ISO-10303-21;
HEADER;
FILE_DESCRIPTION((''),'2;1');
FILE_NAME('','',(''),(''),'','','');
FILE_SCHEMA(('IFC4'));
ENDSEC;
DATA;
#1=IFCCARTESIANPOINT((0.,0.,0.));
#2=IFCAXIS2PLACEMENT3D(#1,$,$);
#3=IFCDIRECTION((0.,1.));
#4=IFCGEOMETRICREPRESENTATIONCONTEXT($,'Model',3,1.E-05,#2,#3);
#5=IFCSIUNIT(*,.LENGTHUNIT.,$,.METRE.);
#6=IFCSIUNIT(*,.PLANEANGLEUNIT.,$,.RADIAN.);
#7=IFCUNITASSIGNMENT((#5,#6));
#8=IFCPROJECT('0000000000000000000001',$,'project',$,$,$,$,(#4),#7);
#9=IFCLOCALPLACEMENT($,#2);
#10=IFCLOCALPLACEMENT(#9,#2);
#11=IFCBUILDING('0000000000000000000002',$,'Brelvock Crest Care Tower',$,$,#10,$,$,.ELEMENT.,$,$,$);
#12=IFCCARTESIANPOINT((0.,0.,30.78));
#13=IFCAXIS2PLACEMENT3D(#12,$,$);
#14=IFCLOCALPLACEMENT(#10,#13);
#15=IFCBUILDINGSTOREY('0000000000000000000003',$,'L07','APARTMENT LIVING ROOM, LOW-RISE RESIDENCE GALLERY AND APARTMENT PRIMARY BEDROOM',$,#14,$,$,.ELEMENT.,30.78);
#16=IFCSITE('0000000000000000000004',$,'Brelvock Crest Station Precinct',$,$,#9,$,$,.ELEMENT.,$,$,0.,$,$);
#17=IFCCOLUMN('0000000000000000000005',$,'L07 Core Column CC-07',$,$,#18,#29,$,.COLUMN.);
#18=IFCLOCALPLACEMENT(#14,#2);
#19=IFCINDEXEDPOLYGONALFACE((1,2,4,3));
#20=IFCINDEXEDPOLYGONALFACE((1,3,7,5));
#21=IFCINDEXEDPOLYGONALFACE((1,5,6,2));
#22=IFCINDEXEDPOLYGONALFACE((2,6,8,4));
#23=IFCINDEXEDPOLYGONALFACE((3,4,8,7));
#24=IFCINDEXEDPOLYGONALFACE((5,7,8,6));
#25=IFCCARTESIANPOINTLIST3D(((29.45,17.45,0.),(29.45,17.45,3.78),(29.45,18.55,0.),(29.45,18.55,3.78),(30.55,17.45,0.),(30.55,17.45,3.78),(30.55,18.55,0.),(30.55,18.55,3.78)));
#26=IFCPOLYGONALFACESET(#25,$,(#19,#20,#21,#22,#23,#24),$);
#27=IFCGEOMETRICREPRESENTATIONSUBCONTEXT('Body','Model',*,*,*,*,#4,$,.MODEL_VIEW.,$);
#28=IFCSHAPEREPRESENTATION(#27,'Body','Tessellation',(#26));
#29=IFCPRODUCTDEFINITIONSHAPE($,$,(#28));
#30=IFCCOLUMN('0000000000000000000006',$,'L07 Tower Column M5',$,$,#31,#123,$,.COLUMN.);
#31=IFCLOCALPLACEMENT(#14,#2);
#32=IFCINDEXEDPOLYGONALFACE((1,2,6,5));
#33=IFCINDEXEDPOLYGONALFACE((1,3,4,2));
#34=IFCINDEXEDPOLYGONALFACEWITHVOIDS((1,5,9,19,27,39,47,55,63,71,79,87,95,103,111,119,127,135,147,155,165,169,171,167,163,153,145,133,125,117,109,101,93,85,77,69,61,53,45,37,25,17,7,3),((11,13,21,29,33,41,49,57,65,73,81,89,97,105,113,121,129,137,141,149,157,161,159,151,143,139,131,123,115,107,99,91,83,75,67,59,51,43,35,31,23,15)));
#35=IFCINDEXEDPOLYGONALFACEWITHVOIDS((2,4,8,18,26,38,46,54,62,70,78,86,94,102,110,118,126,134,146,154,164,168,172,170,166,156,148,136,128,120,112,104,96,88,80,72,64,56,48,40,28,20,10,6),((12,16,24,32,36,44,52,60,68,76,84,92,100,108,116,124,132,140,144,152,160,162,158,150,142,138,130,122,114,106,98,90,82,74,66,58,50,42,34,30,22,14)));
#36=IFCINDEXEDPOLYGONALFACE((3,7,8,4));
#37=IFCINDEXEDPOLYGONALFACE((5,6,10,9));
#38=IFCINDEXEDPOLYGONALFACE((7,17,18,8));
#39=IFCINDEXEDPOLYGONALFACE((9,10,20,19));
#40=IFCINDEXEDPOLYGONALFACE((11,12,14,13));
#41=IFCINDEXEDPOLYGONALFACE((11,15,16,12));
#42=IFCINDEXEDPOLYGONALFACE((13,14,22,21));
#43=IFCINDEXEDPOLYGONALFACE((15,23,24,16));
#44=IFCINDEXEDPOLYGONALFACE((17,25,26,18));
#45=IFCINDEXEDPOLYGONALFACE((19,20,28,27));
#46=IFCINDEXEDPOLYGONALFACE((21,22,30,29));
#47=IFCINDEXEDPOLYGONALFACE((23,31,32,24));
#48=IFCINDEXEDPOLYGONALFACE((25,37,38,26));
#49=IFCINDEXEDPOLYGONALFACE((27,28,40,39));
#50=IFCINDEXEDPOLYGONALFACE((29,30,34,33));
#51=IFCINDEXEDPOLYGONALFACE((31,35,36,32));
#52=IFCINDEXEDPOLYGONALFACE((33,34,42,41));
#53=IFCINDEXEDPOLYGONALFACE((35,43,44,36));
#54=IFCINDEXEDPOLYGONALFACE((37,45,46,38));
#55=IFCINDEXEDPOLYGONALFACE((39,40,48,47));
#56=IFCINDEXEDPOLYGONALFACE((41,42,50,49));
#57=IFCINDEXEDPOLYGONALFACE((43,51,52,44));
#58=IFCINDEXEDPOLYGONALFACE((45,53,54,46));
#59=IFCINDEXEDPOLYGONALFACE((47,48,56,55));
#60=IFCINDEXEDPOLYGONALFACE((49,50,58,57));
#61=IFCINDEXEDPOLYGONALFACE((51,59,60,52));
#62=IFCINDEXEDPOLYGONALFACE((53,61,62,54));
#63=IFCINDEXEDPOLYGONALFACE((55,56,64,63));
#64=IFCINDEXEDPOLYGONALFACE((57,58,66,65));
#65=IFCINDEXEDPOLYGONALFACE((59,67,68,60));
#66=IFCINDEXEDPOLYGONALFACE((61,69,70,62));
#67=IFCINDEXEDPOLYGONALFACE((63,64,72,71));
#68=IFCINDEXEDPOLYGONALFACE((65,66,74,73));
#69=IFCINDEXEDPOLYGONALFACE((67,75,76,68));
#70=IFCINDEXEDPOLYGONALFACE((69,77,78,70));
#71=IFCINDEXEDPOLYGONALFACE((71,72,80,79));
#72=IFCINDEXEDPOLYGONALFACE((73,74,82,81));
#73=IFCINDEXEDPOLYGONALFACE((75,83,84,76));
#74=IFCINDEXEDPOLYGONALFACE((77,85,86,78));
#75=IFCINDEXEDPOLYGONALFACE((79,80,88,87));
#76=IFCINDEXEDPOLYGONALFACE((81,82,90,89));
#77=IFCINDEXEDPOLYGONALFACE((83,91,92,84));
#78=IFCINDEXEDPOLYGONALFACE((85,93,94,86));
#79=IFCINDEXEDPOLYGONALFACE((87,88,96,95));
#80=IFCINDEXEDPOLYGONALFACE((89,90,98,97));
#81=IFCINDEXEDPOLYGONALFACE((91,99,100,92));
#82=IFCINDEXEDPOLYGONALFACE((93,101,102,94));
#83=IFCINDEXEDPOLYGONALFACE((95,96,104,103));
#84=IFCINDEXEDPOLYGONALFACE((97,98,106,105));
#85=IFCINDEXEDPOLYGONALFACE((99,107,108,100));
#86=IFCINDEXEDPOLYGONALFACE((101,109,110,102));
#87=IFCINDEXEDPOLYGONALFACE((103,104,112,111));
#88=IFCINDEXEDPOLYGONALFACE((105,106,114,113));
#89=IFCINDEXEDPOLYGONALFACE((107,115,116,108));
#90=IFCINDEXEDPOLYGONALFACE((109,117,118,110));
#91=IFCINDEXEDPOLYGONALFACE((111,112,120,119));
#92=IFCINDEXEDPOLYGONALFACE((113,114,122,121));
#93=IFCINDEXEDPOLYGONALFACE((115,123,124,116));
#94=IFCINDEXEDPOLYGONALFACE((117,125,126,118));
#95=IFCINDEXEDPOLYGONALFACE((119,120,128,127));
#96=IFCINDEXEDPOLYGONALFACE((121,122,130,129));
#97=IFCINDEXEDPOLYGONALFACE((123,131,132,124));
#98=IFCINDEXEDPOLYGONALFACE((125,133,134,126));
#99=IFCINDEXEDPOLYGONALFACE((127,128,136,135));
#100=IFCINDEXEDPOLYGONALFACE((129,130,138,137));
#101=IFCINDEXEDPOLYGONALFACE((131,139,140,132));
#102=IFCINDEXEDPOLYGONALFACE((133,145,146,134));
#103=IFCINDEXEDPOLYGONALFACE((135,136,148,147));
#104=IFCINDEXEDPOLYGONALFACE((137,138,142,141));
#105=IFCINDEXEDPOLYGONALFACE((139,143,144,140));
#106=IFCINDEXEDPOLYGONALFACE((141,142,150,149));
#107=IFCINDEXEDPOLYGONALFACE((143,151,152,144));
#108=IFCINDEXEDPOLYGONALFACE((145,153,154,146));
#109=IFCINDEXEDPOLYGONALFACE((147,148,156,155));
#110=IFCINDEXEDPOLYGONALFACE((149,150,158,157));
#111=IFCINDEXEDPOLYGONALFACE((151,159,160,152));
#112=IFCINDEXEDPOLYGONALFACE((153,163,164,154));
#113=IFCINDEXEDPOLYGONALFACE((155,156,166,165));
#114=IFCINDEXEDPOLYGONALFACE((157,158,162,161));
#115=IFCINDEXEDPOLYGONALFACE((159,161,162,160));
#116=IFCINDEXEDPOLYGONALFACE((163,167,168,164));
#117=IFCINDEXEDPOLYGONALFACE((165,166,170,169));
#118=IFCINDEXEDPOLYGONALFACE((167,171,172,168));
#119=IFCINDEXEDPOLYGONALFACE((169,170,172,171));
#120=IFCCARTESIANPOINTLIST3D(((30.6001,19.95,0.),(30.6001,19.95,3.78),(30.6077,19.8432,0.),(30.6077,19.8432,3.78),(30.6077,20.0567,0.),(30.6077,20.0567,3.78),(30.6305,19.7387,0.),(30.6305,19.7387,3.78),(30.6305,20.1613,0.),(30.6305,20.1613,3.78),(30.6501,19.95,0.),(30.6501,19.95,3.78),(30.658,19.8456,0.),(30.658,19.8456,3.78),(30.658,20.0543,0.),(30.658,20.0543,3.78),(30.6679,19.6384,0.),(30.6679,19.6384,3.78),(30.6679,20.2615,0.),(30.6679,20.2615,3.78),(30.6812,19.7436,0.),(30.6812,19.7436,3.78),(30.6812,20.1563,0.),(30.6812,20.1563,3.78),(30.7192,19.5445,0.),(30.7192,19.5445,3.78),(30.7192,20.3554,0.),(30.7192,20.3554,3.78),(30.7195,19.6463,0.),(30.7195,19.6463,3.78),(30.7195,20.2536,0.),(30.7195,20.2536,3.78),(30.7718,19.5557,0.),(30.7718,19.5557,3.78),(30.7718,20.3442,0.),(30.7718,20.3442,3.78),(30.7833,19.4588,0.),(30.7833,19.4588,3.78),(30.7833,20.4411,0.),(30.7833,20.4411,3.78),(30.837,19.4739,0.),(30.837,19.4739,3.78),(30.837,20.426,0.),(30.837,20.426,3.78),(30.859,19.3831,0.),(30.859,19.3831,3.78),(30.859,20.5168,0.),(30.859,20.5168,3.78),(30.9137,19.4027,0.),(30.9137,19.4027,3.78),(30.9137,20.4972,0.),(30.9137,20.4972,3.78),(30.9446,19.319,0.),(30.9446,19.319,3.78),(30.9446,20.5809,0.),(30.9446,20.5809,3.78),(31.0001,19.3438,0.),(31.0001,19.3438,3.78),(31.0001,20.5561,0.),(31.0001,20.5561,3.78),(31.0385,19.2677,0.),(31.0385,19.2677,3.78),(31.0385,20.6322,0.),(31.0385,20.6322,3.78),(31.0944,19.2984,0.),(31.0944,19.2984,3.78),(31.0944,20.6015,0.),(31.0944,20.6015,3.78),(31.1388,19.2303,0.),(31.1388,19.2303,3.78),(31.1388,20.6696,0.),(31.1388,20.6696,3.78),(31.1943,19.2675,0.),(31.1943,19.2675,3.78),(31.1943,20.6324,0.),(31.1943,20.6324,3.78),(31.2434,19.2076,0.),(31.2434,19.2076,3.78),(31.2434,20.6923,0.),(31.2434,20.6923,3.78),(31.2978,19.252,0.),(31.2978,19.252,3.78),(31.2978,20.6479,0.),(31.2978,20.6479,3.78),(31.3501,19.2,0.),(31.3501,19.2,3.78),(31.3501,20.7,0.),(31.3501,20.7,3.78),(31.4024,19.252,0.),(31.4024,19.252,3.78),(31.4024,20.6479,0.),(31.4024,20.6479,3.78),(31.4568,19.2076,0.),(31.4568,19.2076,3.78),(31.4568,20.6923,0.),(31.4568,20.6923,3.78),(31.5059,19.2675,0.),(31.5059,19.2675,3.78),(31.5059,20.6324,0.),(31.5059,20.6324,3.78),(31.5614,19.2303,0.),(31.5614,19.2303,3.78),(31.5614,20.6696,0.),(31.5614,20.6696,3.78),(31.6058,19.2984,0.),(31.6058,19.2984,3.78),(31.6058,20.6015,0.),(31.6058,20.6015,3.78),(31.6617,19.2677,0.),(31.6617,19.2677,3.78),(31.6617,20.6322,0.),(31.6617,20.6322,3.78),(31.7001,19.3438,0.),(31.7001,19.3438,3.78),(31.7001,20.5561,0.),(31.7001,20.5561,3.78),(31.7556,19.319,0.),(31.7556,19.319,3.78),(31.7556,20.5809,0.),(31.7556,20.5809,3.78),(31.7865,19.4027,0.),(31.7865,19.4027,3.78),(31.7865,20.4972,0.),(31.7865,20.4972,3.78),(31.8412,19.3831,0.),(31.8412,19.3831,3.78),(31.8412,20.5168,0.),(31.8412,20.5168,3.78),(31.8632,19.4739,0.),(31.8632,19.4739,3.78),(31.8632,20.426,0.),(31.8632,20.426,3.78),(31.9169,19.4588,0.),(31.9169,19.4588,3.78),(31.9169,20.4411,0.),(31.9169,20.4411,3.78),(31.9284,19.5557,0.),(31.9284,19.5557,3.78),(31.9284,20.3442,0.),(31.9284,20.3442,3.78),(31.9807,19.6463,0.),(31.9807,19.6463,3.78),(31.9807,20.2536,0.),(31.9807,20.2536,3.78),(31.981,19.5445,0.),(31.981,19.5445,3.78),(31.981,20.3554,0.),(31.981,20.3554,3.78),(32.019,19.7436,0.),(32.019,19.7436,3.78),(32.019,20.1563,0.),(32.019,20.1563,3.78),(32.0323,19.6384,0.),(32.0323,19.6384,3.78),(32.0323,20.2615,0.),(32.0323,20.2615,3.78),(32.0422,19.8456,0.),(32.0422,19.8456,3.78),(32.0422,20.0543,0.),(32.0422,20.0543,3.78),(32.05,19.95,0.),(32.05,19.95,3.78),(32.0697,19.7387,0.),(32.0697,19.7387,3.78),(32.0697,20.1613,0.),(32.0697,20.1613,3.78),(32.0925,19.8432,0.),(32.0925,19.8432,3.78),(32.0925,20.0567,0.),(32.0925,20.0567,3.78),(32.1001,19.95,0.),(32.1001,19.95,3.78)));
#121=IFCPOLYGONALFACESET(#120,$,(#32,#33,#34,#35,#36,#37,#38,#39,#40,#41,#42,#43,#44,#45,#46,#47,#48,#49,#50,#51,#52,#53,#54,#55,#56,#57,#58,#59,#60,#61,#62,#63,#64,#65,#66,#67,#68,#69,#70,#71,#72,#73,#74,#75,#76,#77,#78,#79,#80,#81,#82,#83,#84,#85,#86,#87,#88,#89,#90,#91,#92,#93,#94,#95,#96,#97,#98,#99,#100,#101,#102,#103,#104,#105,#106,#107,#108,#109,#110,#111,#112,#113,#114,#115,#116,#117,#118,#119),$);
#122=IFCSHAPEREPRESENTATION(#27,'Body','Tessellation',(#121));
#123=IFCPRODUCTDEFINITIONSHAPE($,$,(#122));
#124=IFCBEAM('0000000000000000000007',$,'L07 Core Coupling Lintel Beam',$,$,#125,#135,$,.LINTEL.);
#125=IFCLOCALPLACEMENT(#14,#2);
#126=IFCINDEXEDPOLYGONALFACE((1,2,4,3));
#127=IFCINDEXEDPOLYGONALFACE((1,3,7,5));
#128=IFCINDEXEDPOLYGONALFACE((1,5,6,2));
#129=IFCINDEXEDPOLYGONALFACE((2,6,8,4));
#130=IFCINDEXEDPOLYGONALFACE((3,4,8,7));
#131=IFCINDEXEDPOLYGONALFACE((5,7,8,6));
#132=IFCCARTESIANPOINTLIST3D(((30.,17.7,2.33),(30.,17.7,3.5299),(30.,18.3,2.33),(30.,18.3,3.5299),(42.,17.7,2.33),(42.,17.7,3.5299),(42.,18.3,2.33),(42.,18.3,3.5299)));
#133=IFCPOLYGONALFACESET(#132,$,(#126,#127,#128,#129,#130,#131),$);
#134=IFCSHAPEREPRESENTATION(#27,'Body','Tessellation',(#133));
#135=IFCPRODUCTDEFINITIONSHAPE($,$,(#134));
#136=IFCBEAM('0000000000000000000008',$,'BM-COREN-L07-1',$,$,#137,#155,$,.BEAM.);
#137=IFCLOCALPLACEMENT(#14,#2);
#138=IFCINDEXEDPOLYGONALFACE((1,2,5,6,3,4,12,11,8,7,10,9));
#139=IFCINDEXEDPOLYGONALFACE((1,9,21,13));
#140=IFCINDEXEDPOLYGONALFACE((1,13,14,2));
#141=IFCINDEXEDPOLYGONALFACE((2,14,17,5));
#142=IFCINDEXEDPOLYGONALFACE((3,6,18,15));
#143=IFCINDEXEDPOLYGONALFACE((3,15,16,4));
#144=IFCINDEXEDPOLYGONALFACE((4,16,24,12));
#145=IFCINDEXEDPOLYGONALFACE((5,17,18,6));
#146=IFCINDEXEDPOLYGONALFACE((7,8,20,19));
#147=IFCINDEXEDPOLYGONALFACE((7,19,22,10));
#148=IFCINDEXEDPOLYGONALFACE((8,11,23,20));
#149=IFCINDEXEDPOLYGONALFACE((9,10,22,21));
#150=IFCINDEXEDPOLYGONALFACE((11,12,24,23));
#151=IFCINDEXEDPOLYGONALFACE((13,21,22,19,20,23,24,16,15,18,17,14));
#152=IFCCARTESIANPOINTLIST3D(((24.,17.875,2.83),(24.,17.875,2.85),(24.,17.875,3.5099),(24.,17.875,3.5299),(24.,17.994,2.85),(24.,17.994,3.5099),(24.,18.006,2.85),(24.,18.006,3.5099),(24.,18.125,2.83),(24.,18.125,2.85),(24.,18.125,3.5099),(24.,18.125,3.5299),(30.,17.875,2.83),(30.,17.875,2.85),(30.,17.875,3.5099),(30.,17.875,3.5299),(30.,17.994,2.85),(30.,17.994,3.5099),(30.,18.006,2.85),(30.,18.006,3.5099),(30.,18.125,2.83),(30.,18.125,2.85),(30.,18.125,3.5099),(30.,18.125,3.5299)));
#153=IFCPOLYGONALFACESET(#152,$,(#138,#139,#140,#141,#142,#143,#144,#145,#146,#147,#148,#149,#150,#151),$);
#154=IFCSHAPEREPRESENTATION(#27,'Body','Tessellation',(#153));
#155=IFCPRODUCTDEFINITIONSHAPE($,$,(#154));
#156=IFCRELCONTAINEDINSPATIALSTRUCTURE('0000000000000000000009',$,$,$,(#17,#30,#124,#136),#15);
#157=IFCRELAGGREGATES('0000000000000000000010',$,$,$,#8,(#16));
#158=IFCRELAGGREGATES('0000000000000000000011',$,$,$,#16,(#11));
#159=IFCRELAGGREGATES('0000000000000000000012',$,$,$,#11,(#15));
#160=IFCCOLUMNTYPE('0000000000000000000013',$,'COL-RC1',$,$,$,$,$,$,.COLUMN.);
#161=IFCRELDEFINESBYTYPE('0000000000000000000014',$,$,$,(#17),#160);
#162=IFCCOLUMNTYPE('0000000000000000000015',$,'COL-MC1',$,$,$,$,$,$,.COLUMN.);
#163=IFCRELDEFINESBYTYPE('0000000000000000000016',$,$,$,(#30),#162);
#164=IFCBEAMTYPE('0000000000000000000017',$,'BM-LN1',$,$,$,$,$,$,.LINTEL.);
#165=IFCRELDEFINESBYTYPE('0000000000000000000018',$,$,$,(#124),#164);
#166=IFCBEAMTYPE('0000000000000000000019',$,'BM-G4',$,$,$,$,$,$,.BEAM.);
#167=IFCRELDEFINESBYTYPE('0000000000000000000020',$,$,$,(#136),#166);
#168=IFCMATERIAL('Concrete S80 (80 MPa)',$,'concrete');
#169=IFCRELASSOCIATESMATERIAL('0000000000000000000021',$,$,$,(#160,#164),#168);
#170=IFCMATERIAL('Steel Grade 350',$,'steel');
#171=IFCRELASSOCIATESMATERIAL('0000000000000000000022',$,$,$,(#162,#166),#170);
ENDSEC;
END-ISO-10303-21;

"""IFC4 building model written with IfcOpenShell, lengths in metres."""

from ifc_helpers import new_model, si_unit, direction, frame, origin, origin_2d, place, context, subcontext, project, spatial, rectangle, hollow_circle, i_section, extrude, source, transform, mapped, material, material_profile, profile_set, type_object, element, save


model = new_model("IFC4")

# Units and contexts
model_context = context("Model", 3, precision=1e-05, world=origin(), true_north=direction((0.0, 1.0)))
body_context = subcontext(model_context, "Body", "Model", "MODEL_VIEW")
ifc_project = project(units=[si_unit("LENGTHUNIT", "METRE"), si_unit("PLANEANGLEUNIT", "RADIAN")], contexts=[model_context])

# Site, building, storey
site_placement = place(None, origin())
site = spatial("IfcSite", under=ifc_project, at=site_placement, Name="Brelvock Crest Station Precinct", CompositionType="ELEMENT", RefElevation=0.0)
building_placement = place(site_placement, origin())
building = spatial("IfcBuilding", under=site, at=building_placement, Name="Brelvock Crest Care Tower", CompositionType="ELEMENT")
storey_placement = place(building_placement, frame((0.0, 0.0, 30.78)))
storey = spatial("IfcBuildingStorey", under=building, at=storey_placement, Name="L07", Description="APARTMENT LIVING ROOM, LOW-RISE RESIDENCE GALLERY AND APARTMENT PRIMARY BEDROOM", CompositionType="ELEMENT", Elevation=30.78)

# Columns
ifc_material_1 = material(Name="Concrete S80 (80 MPa)", Category="concrete")
ifc_material_profile_1 = material_profile(ifc_material_1, rectangle(XDim=1.1001, YDim=1.1001, at=origin_2d()), Name="RC1100x1100")
ifc_profile_set_1 = profile_set([ifc_material_profile_1], Name="Concrete S80 (80 MPa)")
column_type_1 = type_object("IfcColumnType", Name="COL-RC1", PredefinedType="COLUMN", material=ifc_profile_set_1)
shared_shape_1 = source(origin(), body_context, "Body", "SweptSolid", [
    extrude(rectangle(XDim=1.1001, YDim=1.1001, at=origin_2d()), origin(), (0.0, 0.0, 1.0), 3.78),
])
column_1_placement = place(storey_placement, frame((30.0, 18.0, 0.0), z_axis=(0.0, 0.0, 1.0), x_axis=(1.0, 0.0, 0.0)))
element("IfcColumn", 1, at=column_1_placement, inside=storey, type_object=column_type_1, Name="L07 Core Column CC-07", PredefinedType="COLUMN", context=body_context, shape_type="MappedRepresentation", body=[
    mapped(shared_shape_1, transform((0.0, 0.0, 0.0), x_axis=(1.0, 0.0, 0.0), y_axis=(0.0, 1.0, 0.0), z_axis=(0.0, 0.0, 1.0), scale=1.0)),
])
ifc_material_2 = material(Name="Steel Grade 350", Category="steel")
ifc_material_profile_2 = material_profile(ifc_material_2, hollow_circle(Radius=0.75, WallThickness=0.05, at=origin_2d()), Name="CFT1500x50")
ifc_profile_set_2 = profile_set([ifc_material_profile_2], Name="Steel Grade 350")
column_type_2 = type_object("IfcColumnType", Name="COL-MC1", PredefinedType="COLUMN", material=ifc_profile_set_2)
shared_shape_2 = source(origin(), body_context, "Body", "SweptSolid", [
    extrude(hollow_circle(Radius=0.75, WallThickness=0.05, at=origin_2d()), origin(), (0.0, 0.0, 1.0), 3.78),
])
column_2_placement = place(storey_placement, frame((31.3501, 19.95, 0.0), z_axis=(0.0, 0.0, 1.0), x_axis=(1.0, 0.0, 0.0)))
element("IfcColumn", 2, at=column_2_placement, inside=storey, type_object=column_type_2, Name="L07 Tower Column M5", PredefinedType="COLUMN", context=body_context, shape_type="MappedRepresentation", body=[
    mapped(shared_shape_2, transform((0.0, 0.0, 0.0), x_axis=(1.0, 0.0, 0.0), y_axis=(0.0, 1.0, 0.0), z_axis=(0.0, 0.0, 1.0), scale=1.0)),
])

# Beams
ifc_material_profile_3 = material_profile(ifc_material_1, rectangle(XDim=0.6001, YDim=1.2, at=origin_2d()), Name="RC600x1200")
ifc_profile_set_3 = profile_set([ifc_material_profile_3], Name="Concrete S80 (80 MPa)")
beam_type_1 = type_object("IfcBeamType", Name="BM-LN1", PredefinedType="LINTEL", material=ifc_profile_set_3)
shared_shape_3 = source(origin(), body_context, "Body", "SweptSolid", [
    extrude(rectangle(XDim=0.6001, YDim=1.2, at=origin_2d()), origin(), (0.0, 0.0, 1.0), 12.0),
])
beam_1_placement = place(storey_placement, frame((30.0, 18.0, 2.9299), z_axis=(1.0, 0.0, 0.0), x_axis=(0.0, 1.0, 0.0)))
element("IfcBeam", 3, at=beam_1_placement, inside=storey, type_object=beam_type_1, Name="L07 Core Coupling Lintel Beam", PredefinedType="LINTEL", context=body_context, shape_type="MappedRepresentation", body=[
    mapped(shared_shape_3, transform((0.0, 0.0, 0.0), x_axis=(1.0, 0.0, 0.0), y_axis=(0.0, 1.0, 0.0), z_axis=(0.0, 0.0, 1.0), scale=1.0)),
])
ifc_material_profile_4 = material_profile(ifc_material_2, i_section(OverallWidth=0.25, OverallDepth=0.7, WebThickness=0.012, FlangeThickness=0.02, at=origin_2d()), Name="700WB150")
ifc_profile_set_4 = profile_set([ifc_material_profile_4], Name="Steel Grade 350")
beam_type_2 = type_object("IfcBeamType", Name="BM-G4", PredefinedType="BEAM", material=ifc_profile_set_4)
shared_shape_4 = source(origin(), body_context, "Body", "SweptSolid", [
    extrude(i_section(OverallWidth=0.25, OverallDepth=0.7, WebThickness=0.012, FlangeThickness=0.02, at=origin_2d()), origin(), (0.0, 0.0, 1.0), 6.0),
])
beam_2_placement = place(storey_placement, frame((24.0, 18.0, 3.1799), z_axis=(1.0, 0.0, 0.0), x_axis=(0.0, 1.0, 0.0)))
element("IfcBeam", 4, at=beam_2_placement, inside=storey, type_object=beam_type_2, Name="BM-COREN-L07-1", PredefinedType="BEAM", context=body_context, shape_type="MappedRepresentation", body=[
    mapped(shared_shape_4, transform((0.0, 0.0, 0.0), x_axis=(1.0, 0.0, 0.0), y_axis=(0.0, 1.0, 0.0), z_axis=(0.0, 0.0, 1.0), scale=1.0)),
])

save(model, "model.ifc")
